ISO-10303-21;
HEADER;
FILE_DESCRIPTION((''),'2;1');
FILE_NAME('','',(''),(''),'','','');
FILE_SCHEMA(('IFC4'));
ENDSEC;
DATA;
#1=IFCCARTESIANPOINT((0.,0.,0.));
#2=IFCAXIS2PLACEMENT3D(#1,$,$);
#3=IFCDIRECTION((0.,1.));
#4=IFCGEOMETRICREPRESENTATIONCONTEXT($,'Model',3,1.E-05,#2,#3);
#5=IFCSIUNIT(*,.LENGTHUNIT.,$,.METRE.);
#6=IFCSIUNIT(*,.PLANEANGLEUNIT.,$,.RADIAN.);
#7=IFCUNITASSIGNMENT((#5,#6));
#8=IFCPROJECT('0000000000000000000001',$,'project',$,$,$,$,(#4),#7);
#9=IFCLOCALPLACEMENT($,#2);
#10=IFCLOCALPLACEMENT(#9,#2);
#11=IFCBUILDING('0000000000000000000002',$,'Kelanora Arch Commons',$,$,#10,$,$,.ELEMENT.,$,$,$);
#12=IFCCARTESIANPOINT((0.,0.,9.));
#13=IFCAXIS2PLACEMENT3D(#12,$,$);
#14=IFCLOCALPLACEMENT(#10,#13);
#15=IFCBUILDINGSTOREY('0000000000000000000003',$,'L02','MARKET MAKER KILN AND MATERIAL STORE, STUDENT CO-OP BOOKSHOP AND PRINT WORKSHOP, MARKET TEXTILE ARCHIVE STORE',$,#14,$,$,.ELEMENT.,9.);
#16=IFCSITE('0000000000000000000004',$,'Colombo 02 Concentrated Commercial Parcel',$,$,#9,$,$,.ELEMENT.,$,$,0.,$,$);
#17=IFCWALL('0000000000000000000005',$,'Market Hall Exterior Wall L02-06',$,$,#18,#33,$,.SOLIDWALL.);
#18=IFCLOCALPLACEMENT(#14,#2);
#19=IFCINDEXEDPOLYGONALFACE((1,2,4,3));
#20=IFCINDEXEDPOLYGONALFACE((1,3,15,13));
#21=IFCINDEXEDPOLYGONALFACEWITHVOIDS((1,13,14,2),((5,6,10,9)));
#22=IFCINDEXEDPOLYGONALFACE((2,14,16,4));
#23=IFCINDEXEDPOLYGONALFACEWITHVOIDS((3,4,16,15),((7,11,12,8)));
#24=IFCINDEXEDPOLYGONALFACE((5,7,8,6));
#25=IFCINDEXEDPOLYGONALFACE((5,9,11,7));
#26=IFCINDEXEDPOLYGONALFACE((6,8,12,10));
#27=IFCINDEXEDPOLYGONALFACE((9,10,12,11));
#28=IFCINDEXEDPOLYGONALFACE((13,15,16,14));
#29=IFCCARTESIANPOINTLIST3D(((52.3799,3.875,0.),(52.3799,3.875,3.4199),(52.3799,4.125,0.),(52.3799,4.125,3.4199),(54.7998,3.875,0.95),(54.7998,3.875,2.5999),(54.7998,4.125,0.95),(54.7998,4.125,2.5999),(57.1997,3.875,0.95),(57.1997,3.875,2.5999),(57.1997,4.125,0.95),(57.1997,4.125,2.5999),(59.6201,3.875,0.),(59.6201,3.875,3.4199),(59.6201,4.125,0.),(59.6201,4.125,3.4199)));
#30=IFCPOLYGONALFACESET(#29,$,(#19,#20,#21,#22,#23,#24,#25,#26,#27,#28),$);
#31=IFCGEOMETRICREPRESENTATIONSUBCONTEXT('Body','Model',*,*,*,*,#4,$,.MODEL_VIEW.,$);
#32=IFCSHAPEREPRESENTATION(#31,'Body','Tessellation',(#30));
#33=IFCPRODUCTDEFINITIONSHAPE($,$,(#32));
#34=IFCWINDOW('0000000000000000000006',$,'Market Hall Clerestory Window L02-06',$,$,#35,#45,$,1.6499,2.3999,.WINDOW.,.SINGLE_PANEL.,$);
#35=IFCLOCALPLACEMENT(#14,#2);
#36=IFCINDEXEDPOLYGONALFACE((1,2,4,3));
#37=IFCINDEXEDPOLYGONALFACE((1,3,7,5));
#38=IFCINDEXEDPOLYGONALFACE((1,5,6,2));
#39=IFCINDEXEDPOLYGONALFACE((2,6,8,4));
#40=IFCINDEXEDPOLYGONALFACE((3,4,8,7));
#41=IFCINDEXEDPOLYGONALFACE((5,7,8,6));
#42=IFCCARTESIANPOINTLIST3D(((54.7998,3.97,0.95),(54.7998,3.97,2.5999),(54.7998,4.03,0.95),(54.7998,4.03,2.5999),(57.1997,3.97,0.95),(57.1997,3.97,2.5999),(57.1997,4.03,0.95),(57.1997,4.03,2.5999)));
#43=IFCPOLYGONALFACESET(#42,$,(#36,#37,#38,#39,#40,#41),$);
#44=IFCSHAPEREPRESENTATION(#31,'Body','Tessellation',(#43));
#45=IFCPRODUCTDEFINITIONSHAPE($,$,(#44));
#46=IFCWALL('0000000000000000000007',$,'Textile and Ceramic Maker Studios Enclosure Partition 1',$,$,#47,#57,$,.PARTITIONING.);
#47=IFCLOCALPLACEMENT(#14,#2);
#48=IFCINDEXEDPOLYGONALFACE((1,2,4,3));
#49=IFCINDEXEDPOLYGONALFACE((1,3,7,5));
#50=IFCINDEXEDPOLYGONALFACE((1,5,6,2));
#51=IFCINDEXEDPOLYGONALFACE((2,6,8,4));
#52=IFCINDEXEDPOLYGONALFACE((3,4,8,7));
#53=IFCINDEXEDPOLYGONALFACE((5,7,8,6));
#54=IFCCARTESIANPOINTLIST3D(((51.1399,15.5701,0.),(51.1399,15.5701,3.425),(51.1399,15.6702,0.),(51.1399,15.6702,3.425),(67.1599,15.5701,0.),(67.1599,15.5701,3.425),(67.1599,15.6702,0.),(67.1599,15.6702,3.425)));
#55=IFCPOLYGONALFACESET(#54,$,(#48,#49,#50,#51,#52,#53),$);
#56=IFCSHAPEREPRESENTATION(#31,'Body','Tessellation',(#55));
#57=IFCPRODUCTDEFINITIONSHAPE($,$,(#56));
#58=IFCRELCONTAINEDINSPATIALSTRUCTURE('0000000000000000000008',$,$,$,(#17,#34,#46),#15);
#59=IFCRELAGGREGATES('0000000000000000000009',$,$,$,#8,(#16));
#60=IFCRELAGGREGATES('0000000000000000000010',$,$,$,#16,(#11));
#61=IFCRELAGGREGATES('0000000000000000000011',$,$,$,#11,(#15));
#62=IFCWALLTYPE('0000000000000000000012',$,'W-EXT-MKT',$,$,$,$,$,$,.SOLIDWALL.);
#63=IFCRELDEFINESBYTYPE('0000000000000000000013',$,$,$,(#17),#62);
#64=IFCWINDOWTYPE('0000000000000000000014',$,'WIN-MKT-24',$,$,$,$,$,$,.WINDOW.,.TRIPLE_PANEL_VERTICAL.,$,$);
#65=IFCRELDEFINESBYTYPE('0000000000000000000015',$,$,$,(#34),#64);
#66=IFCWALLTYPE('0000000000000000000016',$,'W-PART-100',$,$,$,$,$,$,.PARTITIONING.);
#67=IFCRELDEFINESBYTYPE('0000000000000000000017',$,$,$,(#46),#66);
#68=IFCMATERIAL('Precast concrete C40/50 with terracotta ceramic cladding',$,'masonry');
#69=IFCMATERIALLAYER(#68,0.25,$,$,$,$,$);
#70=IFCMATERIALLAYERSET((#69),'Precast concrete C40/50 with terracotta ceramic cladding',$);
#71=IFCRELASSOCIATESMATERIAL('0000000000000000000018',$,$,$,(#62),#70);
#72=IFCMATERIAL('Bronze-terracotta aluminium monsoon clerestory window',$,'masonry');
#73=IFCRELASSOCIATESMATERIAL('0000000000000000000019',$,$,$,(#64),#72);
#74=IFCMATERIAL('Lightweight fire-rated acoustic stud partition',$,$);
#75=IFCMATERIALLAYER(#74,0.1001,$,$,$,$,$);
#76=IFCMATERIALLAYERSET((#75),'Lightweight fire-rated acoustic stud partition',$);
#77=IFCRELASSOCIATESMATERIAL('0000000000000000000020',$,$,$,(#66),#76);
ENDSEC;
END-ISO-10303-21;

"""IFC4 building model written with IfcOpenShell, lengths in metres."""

from ifc_helpers import new_model, si_unit, direction, frame, frame_2d, origin, place, context, subcontext, project, spatial, rectangle, extrude, material, layer, layer_set, type_object, element, fill, save


model = new_model("IFC4")

# Units and contexts
model_context = context("Model", 3, precision=1e-05, world=origin(), true_north=direction((0.0, 1.0)))
body_context = subcontext(model_context, "Body", "Model", "MODEL_VIEW")
ifc_project = project(units=[si_unit("LENGTHUNIT", "METRE"), si_unit("PLANEANGLEUNIT", "RADIAN")], contexts=[model_context])

# Site, building, storey
site_placement = place(None, origin())
site = spatial("IfcSite", under=ifc_project, at=site_placement, Name="Colombo 02 Concentrated Commercial Parcel", CompositionType="ELEMENT", RefElevation=0.0)
building_placement = place(site_placement, origin())
building = spatial("IfcBuilding", under=site, at=building_placement, Name="Kelanora Arch Commons", CompositionType="ELEMENT")
storey_placement = place(building_placement, frame((0.0, 0.0, 9.0)))
storey = spatial("IfcBuildingStorey", under=building, at=storey_placement, Name="L02", Description="MARKET MAKER KILN AND MATERIAL STORE, STUDENT CO-OP BOOKSHOP AND PRINT WORKSHOP, MARKET TEXTILE ARCHIVE STORE", CompositionType="ELEMENT", Elevation=9.0)

# Wall, opening, window
ifc_material_1 = material(Name="Precast concrete C40/50 with terracotta ceramic cladding", Category="masonry")
ifc_layer_1 = layer(ifc_material_1, 0.25)
ifc_layer_set_1 = layer_set([ifc_layer_1], Name="Precast concrete C40/50 with terracotta ceramic cladding")
wall_type_1 = type_object("IfcWallType", Name="W-EXT-MKT", PredefinedType="SOLIDWALL", material=ifc_layer_set_1)
ifc_material_2 = material(Name="Bronze-terracotta aluminium monsoon clerestory window", Category="masonry")
window_type = type_object("IfcWindowType", Name="WIN-MKT-24", PartitioningType="TRIPLE_PANEL_VERTICAL", PredefinedType="WINDOW", material=ifc_material_2)
wall_1_placement = place(storey_placement, frame((52.3799, 4.0, 0.0), z_axis=(0.0, 0.0, 1.0), x_axis=(1.0, 0.0, 0.0)))
wall_1 = element("IfcWall", 1, at=wall_1_placement, inside=storey, type_object=wall_type_1, Name="Market Hall Exterior Wall L02-06", PredefinedType="SOLIDWALL", context=body_context, shape_type="SweptSolid", body=[
    extrude(rectangle(XDim=7.2402, YDim=0.25, at=frame_2d((3.6201, 0.0))), origin(), (0.0, 0.0, 1.0), 3.4199),
])
opening_1_placement = place(wall_1_placement, frame((2.4199, 0.0, 0.95)))
opening_1 = element("IfcOpeningElement", 2, at=opening_1_placement, cuts=wall_1, PredefinedType="OPENING", context=body_context, shape_type="SweptSolid", body=[
    extrude(rectangle(XDim=2.3999, YDim=1.6499, at=frame_2d((1.2, 0.825))), frame((0.0, 0.135, 0.0), z_axis=(0.0, -1.0, 0.0), x_axis=(1.0, 0.0, 0.0)), (0.0, 0.0, 1.0), 0.27),
])
window_1_placement = place(opening_1_placement, origin())
window_1 = element("IfcWindow", 3, at=window_1_placement, inside=storey, type_object=window_type, Name="Market Hall Clerestory Window L02-06", OverallHeight=1.6499, OverallWidth=2.3999, PartitioningType="SINGLE_PANEL", PredefinedType="WINDOW", context=body_context, shape_type="SweptSolid", body=[
    extrude(rectangle(XDim=2.3999, YDim=1.6499, at=frame_2d((1.2, 0.825))), frame((0.0, 0.03, 0.0), z_axis=(0.0, -1.0, 0.0), x_axis=(1.0, 0.0, 0.0)), (0.0, 0.0, 1.0), 0.0601),
])
fill(opening_1, window_1)

# Wall
ifc_material_3 = material(Name="Lightweight fire-rated acoustic stud partition")
ifc_layer_2 = layer(ifc_material_3, 0.1001)
ifc_layer_set_2 = layer_set([ifc_layer_2], Name="Lightweight fire-rated acoustic stud partition")
wall_type_2 = type_object("IfcWallType", Name="W-PART-100", PredefinedType="PARTITIONING", material=ifc_layer_set_2)
wall_2_placement = place(storey_placement, frame((51.1399, 15.6201, 0.0), z_axis=(0.0, 0.0, 1.0), x_axis=(1.0, 0.0, 0.0)))
element("IfcWall", 4, at=wall_2_placement, inside=storey, type_object=wall_type_2, Name="Textile and Ceramic Maker Studios Enclosure Partition 1", PredefinedType="PARTITIONING", context=body_context, shape_type="SweptSolid", body=[
    extrude(rectangle(XDim=16.02, YDim=0.1001, at=frame_2d((8.01, 0.0))), origin(), (0.0, 0.0, 1.0), 3.425),
])

save(model, "model.ifc")
